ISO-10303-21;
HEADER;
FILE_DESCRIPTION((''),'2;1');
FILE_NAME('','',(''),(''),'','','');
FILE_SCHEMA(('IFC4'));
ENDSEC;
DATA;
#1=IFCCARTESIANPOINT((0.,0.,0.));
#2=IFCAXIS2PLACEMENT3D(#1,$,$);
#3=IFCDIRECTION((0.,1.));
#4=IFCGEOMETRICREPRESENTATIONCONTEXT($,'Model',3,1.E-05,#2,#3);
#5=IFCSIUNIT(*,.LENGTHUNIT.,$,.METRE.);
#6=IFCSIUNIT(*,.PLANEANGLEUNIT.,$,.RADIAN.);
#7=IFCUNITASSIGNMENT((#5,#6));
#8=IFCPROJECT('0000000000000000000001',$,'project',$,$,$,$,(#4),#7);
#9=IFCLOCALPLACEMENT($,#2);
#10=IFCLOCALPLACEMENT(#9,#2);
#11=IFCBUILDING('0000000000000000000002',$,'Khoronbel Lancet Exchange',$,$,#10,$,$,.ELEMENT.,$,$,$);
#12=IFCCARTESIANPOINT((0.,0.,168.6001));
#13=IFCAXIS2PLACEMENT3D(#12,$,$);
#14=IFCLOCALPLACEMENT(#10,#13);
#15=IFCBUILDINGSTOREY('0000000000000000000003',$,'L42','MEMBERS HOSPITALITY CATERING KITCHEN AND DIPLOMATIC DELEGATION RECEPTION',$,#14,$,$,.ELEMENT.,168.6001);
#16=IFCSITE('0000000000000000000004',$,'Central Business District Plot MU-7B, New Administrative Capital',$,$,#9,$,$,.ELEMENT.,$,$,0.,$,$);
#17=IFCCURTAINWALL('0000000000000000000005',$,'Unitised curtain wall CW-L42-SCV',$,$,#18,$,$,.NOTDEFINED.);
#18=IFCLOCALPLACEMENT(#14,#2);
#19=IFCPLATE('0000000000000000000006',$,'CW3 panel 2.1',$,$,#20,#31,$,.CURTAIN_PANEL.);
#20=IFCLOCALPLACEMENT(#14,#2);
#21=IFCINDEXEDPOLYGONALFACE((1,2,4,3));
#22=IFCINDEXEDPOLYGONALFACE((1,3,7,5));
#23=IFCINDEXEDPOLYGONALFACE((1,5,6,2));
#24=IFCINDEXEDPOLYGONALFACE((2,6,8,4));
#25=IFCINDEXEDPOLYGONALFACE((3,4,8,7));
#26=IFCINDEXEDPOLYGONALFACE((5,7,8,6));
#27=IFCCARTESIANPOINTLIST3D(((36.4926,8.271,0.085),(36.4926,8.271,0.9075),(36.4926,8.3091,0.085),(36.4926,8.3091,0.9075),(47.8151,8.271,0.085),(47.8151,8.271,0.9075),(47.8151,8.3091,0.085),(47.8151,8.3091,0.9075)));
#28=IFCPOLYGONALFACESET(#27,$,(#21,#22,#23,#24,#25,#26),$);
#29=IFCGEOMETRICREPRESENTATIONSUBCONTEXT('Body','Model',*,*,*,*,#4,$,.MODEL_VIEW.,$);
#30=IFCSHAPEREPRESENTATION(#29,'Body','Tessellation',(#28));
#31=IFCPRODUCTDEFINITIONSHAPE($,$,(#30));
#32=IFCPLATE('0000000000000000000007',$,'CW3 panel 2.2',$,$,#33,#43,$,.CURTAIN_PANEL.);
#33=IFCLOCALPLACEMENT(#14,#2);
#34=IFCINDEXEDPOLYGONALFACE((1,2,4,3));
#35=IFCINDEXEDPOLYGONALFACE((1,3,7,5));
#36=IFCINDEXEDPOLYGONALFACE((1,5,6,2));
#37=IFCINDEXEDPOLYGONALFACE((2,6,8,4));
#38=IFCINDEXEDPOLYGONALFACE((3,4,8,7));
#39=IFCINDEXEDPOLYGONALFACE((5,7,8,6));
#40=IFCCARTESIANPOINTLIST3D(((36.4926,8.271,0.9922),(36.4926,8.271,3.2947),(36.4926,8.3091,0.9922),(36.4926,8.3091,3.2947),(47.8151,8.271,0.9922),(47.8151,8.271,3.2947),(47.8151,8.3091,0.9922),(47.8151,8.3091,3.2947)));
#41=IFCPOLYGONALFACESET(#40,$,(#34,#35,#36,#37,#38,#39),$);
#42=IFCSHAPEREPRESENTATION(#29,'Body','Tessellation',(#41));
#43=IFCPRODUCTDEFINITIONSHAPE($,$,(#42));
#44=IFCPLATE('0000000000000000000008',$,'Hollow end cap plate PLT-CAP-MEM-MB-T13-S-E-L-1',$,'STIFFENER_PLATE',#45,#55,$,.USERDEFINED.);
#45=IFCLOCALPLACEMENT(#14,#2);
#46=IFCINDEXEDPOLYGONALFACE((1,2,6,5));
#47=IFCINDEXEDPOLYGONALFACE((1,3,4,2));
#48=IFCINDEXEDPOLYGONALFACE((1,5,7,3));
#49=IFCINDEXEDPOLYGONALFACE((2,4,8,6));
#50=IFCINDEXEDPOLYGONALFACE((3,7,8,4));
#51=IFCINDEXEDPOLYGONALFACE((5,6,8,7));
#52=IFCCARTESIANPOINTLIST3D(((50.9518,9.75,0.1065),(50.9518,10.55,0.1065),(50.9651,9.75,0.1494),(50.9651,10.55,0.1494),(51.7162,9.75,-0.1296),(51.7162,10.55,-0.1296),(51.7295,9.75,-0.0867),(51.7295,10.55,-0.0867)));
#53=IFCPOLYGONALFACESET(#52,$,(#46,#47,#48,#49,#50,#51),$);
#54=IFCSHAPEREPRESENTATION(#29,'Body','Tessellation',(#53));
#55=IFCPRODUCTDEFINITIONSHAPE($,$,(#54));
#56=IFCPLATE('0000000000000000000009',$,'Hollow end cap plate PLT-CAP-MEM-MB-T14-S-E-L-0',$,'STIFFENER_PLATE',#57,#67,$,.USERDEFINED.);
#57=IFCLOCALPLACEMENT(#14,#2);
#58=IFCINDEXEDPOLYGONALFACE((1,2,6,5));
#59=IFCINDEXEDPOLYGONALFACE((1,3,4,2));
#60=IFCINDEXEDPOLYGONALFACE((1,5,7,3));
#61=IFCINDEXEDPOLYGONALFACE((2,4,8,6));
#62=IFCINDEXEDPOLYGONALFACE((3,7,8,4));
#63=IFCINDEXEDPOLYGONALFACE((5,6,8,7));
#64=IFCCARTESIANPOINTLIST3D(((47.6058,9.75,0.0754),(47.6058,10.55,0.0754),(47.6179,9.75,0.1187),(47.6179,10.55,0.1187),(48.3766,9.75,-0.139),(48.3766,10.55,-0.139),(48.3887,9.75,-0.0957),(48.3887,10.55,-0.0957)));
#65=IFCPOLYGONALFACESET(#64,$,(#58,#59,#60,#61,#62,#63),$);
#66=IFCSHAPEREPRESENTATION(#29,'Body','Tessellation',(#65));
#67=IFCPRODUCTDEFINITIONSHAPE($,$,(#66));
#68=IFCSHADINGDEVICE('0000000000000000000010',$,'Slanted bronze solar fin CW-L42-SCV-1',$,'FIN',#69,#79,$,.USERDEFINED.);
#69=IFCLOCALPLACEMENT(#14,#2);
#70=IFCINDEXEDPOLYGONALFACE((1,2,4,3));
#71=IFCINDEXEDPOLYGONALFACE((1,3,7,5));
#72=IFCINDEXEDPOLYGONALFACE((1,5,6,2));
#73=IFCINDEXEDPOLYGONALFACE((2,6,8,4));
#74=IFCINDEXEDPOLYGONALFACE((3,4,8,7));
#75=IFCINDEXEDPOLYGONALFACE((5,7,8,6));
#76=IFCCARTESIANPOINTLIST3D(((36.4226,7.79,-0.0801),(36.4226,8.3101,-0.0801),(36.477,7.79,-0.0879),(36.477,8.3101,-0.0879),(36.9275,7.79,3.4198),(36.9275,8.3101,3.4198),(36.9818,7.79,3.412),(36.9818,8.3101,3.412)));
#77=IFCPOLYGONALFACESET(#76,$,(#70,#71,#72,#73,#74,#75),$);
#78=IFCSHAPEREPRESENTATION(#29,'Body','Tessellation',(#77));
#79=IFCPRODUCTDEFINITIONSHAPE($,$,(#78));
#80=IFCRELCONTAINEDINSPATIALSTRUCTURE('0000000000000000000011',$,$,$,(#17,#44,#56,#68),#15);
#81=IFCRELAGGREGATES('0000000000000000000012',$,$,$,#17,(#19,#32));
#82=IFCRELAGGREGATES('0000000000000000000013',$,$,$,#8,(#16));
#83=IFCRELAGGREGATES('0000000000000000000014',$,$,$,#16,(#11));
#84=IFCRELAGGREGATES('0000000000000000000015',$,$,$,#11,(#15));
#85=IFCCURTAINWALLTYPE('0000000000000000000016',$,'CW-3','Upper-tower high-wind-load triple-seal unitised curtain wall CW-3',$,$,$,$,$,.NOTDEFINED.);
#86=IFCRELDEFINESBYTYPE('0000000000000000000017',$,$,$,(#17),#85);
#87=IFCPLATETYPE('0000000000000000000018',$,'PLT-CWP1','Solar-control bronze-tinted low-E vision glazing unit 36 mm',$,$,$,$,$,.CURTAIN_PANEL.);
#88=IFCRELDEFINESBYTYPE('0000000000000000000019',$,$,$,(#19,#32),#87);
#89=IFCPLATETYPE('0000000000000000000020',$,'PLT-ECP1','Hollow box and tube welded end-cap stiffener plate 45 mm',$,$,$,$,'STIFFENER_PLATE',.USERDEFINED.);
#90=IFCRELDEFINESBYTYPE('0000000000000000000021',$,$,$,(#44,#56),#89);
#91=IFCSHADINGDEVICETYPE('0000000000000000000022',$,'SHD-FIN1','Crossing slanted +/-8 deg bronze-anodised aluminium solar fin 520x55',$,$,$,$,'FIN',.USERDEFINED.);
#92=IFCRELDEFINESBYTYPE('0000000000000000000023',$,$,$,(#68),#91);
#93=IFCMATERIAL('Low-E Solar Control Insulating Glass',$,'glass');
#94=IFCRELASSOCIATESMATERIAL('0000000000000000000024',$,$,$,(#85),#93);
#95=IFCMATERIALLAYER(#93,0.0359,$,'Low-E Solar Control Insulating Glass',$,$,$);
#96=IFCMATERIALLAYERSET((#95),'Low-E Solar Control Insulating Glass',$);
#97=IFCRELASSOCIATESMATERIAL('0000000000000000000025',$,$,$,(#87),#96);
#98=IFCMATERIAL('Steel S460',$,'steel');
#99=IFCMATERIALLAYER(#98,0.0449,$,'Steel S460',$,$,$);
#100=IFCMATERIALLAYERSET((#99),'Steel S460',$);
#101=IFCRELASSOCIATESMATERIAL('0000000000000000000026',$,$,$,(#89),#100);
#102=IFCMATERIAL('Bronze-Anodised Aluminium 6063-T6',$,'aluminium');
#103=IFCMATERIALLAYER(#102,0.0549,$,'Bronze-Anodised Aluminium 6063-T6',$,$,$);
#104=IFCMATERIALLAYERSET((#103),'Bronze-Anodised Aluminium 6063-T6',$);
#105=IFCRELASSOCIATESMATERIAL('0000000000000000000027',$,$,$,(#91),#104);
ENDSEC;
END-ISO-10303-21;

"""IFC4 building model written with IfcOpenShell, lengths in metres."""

from ifc_helpers import new_model, si_unit, direction, frame, origin, origin_2d, place, context, subcontext, project, spatial, polyline, rectangle, outline, extrude, material, layer, layer_set, type_object, element, aggregate, save


model = new_model("IFC4")

# Units and contexts
model_context = context("Model", 3, precision=1e-05, world=origin(), true_north=direction((0.0, 1.0)))
body_context = subcontext(model_context, "Body", "Model", "MODEL_VIEW")
ifc_project = project(units=[si_unit("LENGTHUNIT", "METRE"), si_unit("PLANEANGLEUNIT", "RADIAN")], contexts=[model_context])

# Site, building, storey
site_placement = place(None, origin())
site = spatial("IfcSite", under=ifc_project, at=site_placement, Name="Central Business District Plot MU-7B, New Administrative Capital", CompositionType="ELEMENT", RefElevation=0.0)
building_placement = place(site_placement, origin())
building = spatial("IfcBuilding", under=site, at=building_placement, Name="Khoronbel Lancet Exchange", CompositionType="ELEMENT")
storey_placement = place(building_placement, frame((0.0, 0.0, 168.6001)))
storey = spatial("IfcBuildingStorey", under=building, at=storey_placement, Name="L42", Description="MEMBERS HOSPITALITY CATERING KITCHEN AND DIPLOMATIC DELEGATION RECEPTION", CompositionType="ELEMENT", Elevation=168.6001)

# Shared definitions
ifc_material_1 = material(Name="Steel S460", Category="steel")

# Curtain wall
ifc_material_2 = material(Name="Low-E Solar Control Insulating Glass", Category="glass")
curtain_wall_type = type_object("IfcCurtainWallType", Name="CW-3", Description="Upper-tower high-wind-load triple-seal unitised curtain wall CW-3", PredefinedType="NOTDEFINED", material=ifc_material_2)
curtain_wall_1_placement = place(storey_placement, origin())
curtain_wall_1 = element("IfcCurtainWall", 1, at=curtain_wall_1_placement, inside=storey, type_object=curtain_wall_type, Name="Unitised curtain wall CW-L42-SCV", PredefinedType="NOTDEFINED")
ifc_material_3 = material(Name="Bronze-Anodised Aluminium 6063-T6", Category="aluminium")

# Plates
ifc_layer_1 = layer(ifc_material_2, 0.0359, Name="Low-E Solar Control Insulating Glass")
ifc_layer_set_1 = layer_set([ifc_layer_1], Name="Low-E Solar Control Insulating Glass")
plate_type_1 = type_object("IfcPlateType", Name="PLT-CWP1", Description="Solar-control bronze-tinted low-E vision glazing unit 36 mm", PredefinedType="CURTAIN_PANEL", material=ifc_layer_set_1)
plate_1_placement = place(storey_placement, frame((42.1538, 8.29, 0.085), z_axis=(0.0, 0.0, 1.0), x_axis=(1.0, 0.0, 0.0)))
plate_1 = element("IfcPlate", 2, at=plate_1_placement, type_object=plate_type_1, Name="CW3 panel 2.1", PredefinedType="CURTAIN_PANEL", context=body_context, shape_type="SweptSolid", body=[
    extrude(rectangle(XDim=11.3225, YDim=0.0381, at=origin_2d()), origin(), (0.0, 0.0, 1.0), 0.8225),
])
plate_2_placement = place(storey_placement, frame((42.1538, 8.29, 0.9922), z_axis=(0.0, 0.0, 1.0), x_axis=(1.0, 0.0, 0.0)))
plate_2 = element("IfcPlate", 3, at=plate_2_placement, type_object=plate_type_1, Name="CW3 panel 2.2", PredefinedType="CURTAIN_PANEL", context=body_context, shape_type="SweptSolid", body=[
    extrude(rectangle(XDim=11.3225, YDim=0.0381, at=origin_2d()), origin(), (0.0, 0.0, 1.0), 2.3025),
])
aggregate(curtain_wall_1, [plate_1, plate_2])

# Plates
ifc_layer_2 = layer(ifc_material_1, 0.0449, Name="Steel S460")
ifc_layer_set_2 = layer_set([ifc_layer_2], Name="Steel S460")
plate_type_2 = type_object("IfcPlateType", Name="PLT-ECP1", Description="Hollow box and tube welded end-cap stiffener plate 45 mm", ElementType="STIFFENER_PLATE", PredefinedType="USERDEFINED", material=ifc_layer_set_2)
for number, where, z_axis, x_axis, name in (
    (4, (51.7295, 9.75, -0.0867), (0.295094, 0.0, 0.955468), (0.0, 1.0, 0.0), "Hollow end cap plate PLT-CAP-MEM-MB-T13-S-E-L-1"),
    (5, (48.3887, 9.75, -0.0957), (0.267943, 0.0, 0.963435), (0.0, 1.0, 0.0), "Hollow end cap plate PLT-CAP-MEM-MB-T14-S-E-L-0"),
):
    element("IfcPlate", number, at=place(storey_placement, frame(where, z_axis=z_axis, x_axis=x_axis)), inside=storey, type_object=plate_type_2, Name=name, ObjectType="STIFFENER_PLATE", PredefinedType="USERDEFINED", context=body_context, shape_type="SweptSolid", body=[
        extrude(outline(polyline([(0.0, 0.0), (0.8, 0.0), (0.8, 0.8), (0.0, 0.8), (0.0, 0.0)])), origin(), (0.0, 0.0, -1.0), 0.0449),
    ])

# Shading device
ifc_layer_3 = layer(ifc_material_3, 0.0549, Name="Bronze-Anodised Aluminium 6063-T6")
ifc_layer_set_3 = layer_set([ifc_layer_3], Name="Bronze-Anodised Aluminium 6063-T6")
shading_device_type = type_object("IfcShadingDeviceType", Name="SHD-FIN1", Description="Crossing slanted +/-8 deg bronze-anodised aluminium solar fin 520x55", ElementType="FIN", PredefinedType="USERDEFINED", material=ifc_layer_set_3)
shading_device_placement = place(storey_placement, frame((36.4226, 8.3101, -0.0801), z_axis=(-0.989755, 0.0, 0.142774), x_axis=(0.0, -1.0, 0.0)))
element("IfcShadingDevice", 6, at=shading_device_placement, inside=storey, type_object=shading_device_type, Name="Slanted bronze solar fin CW-L42-SCV-1", ObjectType="FIN", PredefinedType="USERDEFINED", context=body_context, shape_type="SweptSolid", body=[
    extrude(outline(polyline([(0.0, 0.0), (0.52, 0.0), (0.52, 3.5361), (0.0, 3.5361), (0.0, 0.0)])), origin(), (0.0, 0.0, -1.0), 0.0549),
])

save(model, "model.ifc")
